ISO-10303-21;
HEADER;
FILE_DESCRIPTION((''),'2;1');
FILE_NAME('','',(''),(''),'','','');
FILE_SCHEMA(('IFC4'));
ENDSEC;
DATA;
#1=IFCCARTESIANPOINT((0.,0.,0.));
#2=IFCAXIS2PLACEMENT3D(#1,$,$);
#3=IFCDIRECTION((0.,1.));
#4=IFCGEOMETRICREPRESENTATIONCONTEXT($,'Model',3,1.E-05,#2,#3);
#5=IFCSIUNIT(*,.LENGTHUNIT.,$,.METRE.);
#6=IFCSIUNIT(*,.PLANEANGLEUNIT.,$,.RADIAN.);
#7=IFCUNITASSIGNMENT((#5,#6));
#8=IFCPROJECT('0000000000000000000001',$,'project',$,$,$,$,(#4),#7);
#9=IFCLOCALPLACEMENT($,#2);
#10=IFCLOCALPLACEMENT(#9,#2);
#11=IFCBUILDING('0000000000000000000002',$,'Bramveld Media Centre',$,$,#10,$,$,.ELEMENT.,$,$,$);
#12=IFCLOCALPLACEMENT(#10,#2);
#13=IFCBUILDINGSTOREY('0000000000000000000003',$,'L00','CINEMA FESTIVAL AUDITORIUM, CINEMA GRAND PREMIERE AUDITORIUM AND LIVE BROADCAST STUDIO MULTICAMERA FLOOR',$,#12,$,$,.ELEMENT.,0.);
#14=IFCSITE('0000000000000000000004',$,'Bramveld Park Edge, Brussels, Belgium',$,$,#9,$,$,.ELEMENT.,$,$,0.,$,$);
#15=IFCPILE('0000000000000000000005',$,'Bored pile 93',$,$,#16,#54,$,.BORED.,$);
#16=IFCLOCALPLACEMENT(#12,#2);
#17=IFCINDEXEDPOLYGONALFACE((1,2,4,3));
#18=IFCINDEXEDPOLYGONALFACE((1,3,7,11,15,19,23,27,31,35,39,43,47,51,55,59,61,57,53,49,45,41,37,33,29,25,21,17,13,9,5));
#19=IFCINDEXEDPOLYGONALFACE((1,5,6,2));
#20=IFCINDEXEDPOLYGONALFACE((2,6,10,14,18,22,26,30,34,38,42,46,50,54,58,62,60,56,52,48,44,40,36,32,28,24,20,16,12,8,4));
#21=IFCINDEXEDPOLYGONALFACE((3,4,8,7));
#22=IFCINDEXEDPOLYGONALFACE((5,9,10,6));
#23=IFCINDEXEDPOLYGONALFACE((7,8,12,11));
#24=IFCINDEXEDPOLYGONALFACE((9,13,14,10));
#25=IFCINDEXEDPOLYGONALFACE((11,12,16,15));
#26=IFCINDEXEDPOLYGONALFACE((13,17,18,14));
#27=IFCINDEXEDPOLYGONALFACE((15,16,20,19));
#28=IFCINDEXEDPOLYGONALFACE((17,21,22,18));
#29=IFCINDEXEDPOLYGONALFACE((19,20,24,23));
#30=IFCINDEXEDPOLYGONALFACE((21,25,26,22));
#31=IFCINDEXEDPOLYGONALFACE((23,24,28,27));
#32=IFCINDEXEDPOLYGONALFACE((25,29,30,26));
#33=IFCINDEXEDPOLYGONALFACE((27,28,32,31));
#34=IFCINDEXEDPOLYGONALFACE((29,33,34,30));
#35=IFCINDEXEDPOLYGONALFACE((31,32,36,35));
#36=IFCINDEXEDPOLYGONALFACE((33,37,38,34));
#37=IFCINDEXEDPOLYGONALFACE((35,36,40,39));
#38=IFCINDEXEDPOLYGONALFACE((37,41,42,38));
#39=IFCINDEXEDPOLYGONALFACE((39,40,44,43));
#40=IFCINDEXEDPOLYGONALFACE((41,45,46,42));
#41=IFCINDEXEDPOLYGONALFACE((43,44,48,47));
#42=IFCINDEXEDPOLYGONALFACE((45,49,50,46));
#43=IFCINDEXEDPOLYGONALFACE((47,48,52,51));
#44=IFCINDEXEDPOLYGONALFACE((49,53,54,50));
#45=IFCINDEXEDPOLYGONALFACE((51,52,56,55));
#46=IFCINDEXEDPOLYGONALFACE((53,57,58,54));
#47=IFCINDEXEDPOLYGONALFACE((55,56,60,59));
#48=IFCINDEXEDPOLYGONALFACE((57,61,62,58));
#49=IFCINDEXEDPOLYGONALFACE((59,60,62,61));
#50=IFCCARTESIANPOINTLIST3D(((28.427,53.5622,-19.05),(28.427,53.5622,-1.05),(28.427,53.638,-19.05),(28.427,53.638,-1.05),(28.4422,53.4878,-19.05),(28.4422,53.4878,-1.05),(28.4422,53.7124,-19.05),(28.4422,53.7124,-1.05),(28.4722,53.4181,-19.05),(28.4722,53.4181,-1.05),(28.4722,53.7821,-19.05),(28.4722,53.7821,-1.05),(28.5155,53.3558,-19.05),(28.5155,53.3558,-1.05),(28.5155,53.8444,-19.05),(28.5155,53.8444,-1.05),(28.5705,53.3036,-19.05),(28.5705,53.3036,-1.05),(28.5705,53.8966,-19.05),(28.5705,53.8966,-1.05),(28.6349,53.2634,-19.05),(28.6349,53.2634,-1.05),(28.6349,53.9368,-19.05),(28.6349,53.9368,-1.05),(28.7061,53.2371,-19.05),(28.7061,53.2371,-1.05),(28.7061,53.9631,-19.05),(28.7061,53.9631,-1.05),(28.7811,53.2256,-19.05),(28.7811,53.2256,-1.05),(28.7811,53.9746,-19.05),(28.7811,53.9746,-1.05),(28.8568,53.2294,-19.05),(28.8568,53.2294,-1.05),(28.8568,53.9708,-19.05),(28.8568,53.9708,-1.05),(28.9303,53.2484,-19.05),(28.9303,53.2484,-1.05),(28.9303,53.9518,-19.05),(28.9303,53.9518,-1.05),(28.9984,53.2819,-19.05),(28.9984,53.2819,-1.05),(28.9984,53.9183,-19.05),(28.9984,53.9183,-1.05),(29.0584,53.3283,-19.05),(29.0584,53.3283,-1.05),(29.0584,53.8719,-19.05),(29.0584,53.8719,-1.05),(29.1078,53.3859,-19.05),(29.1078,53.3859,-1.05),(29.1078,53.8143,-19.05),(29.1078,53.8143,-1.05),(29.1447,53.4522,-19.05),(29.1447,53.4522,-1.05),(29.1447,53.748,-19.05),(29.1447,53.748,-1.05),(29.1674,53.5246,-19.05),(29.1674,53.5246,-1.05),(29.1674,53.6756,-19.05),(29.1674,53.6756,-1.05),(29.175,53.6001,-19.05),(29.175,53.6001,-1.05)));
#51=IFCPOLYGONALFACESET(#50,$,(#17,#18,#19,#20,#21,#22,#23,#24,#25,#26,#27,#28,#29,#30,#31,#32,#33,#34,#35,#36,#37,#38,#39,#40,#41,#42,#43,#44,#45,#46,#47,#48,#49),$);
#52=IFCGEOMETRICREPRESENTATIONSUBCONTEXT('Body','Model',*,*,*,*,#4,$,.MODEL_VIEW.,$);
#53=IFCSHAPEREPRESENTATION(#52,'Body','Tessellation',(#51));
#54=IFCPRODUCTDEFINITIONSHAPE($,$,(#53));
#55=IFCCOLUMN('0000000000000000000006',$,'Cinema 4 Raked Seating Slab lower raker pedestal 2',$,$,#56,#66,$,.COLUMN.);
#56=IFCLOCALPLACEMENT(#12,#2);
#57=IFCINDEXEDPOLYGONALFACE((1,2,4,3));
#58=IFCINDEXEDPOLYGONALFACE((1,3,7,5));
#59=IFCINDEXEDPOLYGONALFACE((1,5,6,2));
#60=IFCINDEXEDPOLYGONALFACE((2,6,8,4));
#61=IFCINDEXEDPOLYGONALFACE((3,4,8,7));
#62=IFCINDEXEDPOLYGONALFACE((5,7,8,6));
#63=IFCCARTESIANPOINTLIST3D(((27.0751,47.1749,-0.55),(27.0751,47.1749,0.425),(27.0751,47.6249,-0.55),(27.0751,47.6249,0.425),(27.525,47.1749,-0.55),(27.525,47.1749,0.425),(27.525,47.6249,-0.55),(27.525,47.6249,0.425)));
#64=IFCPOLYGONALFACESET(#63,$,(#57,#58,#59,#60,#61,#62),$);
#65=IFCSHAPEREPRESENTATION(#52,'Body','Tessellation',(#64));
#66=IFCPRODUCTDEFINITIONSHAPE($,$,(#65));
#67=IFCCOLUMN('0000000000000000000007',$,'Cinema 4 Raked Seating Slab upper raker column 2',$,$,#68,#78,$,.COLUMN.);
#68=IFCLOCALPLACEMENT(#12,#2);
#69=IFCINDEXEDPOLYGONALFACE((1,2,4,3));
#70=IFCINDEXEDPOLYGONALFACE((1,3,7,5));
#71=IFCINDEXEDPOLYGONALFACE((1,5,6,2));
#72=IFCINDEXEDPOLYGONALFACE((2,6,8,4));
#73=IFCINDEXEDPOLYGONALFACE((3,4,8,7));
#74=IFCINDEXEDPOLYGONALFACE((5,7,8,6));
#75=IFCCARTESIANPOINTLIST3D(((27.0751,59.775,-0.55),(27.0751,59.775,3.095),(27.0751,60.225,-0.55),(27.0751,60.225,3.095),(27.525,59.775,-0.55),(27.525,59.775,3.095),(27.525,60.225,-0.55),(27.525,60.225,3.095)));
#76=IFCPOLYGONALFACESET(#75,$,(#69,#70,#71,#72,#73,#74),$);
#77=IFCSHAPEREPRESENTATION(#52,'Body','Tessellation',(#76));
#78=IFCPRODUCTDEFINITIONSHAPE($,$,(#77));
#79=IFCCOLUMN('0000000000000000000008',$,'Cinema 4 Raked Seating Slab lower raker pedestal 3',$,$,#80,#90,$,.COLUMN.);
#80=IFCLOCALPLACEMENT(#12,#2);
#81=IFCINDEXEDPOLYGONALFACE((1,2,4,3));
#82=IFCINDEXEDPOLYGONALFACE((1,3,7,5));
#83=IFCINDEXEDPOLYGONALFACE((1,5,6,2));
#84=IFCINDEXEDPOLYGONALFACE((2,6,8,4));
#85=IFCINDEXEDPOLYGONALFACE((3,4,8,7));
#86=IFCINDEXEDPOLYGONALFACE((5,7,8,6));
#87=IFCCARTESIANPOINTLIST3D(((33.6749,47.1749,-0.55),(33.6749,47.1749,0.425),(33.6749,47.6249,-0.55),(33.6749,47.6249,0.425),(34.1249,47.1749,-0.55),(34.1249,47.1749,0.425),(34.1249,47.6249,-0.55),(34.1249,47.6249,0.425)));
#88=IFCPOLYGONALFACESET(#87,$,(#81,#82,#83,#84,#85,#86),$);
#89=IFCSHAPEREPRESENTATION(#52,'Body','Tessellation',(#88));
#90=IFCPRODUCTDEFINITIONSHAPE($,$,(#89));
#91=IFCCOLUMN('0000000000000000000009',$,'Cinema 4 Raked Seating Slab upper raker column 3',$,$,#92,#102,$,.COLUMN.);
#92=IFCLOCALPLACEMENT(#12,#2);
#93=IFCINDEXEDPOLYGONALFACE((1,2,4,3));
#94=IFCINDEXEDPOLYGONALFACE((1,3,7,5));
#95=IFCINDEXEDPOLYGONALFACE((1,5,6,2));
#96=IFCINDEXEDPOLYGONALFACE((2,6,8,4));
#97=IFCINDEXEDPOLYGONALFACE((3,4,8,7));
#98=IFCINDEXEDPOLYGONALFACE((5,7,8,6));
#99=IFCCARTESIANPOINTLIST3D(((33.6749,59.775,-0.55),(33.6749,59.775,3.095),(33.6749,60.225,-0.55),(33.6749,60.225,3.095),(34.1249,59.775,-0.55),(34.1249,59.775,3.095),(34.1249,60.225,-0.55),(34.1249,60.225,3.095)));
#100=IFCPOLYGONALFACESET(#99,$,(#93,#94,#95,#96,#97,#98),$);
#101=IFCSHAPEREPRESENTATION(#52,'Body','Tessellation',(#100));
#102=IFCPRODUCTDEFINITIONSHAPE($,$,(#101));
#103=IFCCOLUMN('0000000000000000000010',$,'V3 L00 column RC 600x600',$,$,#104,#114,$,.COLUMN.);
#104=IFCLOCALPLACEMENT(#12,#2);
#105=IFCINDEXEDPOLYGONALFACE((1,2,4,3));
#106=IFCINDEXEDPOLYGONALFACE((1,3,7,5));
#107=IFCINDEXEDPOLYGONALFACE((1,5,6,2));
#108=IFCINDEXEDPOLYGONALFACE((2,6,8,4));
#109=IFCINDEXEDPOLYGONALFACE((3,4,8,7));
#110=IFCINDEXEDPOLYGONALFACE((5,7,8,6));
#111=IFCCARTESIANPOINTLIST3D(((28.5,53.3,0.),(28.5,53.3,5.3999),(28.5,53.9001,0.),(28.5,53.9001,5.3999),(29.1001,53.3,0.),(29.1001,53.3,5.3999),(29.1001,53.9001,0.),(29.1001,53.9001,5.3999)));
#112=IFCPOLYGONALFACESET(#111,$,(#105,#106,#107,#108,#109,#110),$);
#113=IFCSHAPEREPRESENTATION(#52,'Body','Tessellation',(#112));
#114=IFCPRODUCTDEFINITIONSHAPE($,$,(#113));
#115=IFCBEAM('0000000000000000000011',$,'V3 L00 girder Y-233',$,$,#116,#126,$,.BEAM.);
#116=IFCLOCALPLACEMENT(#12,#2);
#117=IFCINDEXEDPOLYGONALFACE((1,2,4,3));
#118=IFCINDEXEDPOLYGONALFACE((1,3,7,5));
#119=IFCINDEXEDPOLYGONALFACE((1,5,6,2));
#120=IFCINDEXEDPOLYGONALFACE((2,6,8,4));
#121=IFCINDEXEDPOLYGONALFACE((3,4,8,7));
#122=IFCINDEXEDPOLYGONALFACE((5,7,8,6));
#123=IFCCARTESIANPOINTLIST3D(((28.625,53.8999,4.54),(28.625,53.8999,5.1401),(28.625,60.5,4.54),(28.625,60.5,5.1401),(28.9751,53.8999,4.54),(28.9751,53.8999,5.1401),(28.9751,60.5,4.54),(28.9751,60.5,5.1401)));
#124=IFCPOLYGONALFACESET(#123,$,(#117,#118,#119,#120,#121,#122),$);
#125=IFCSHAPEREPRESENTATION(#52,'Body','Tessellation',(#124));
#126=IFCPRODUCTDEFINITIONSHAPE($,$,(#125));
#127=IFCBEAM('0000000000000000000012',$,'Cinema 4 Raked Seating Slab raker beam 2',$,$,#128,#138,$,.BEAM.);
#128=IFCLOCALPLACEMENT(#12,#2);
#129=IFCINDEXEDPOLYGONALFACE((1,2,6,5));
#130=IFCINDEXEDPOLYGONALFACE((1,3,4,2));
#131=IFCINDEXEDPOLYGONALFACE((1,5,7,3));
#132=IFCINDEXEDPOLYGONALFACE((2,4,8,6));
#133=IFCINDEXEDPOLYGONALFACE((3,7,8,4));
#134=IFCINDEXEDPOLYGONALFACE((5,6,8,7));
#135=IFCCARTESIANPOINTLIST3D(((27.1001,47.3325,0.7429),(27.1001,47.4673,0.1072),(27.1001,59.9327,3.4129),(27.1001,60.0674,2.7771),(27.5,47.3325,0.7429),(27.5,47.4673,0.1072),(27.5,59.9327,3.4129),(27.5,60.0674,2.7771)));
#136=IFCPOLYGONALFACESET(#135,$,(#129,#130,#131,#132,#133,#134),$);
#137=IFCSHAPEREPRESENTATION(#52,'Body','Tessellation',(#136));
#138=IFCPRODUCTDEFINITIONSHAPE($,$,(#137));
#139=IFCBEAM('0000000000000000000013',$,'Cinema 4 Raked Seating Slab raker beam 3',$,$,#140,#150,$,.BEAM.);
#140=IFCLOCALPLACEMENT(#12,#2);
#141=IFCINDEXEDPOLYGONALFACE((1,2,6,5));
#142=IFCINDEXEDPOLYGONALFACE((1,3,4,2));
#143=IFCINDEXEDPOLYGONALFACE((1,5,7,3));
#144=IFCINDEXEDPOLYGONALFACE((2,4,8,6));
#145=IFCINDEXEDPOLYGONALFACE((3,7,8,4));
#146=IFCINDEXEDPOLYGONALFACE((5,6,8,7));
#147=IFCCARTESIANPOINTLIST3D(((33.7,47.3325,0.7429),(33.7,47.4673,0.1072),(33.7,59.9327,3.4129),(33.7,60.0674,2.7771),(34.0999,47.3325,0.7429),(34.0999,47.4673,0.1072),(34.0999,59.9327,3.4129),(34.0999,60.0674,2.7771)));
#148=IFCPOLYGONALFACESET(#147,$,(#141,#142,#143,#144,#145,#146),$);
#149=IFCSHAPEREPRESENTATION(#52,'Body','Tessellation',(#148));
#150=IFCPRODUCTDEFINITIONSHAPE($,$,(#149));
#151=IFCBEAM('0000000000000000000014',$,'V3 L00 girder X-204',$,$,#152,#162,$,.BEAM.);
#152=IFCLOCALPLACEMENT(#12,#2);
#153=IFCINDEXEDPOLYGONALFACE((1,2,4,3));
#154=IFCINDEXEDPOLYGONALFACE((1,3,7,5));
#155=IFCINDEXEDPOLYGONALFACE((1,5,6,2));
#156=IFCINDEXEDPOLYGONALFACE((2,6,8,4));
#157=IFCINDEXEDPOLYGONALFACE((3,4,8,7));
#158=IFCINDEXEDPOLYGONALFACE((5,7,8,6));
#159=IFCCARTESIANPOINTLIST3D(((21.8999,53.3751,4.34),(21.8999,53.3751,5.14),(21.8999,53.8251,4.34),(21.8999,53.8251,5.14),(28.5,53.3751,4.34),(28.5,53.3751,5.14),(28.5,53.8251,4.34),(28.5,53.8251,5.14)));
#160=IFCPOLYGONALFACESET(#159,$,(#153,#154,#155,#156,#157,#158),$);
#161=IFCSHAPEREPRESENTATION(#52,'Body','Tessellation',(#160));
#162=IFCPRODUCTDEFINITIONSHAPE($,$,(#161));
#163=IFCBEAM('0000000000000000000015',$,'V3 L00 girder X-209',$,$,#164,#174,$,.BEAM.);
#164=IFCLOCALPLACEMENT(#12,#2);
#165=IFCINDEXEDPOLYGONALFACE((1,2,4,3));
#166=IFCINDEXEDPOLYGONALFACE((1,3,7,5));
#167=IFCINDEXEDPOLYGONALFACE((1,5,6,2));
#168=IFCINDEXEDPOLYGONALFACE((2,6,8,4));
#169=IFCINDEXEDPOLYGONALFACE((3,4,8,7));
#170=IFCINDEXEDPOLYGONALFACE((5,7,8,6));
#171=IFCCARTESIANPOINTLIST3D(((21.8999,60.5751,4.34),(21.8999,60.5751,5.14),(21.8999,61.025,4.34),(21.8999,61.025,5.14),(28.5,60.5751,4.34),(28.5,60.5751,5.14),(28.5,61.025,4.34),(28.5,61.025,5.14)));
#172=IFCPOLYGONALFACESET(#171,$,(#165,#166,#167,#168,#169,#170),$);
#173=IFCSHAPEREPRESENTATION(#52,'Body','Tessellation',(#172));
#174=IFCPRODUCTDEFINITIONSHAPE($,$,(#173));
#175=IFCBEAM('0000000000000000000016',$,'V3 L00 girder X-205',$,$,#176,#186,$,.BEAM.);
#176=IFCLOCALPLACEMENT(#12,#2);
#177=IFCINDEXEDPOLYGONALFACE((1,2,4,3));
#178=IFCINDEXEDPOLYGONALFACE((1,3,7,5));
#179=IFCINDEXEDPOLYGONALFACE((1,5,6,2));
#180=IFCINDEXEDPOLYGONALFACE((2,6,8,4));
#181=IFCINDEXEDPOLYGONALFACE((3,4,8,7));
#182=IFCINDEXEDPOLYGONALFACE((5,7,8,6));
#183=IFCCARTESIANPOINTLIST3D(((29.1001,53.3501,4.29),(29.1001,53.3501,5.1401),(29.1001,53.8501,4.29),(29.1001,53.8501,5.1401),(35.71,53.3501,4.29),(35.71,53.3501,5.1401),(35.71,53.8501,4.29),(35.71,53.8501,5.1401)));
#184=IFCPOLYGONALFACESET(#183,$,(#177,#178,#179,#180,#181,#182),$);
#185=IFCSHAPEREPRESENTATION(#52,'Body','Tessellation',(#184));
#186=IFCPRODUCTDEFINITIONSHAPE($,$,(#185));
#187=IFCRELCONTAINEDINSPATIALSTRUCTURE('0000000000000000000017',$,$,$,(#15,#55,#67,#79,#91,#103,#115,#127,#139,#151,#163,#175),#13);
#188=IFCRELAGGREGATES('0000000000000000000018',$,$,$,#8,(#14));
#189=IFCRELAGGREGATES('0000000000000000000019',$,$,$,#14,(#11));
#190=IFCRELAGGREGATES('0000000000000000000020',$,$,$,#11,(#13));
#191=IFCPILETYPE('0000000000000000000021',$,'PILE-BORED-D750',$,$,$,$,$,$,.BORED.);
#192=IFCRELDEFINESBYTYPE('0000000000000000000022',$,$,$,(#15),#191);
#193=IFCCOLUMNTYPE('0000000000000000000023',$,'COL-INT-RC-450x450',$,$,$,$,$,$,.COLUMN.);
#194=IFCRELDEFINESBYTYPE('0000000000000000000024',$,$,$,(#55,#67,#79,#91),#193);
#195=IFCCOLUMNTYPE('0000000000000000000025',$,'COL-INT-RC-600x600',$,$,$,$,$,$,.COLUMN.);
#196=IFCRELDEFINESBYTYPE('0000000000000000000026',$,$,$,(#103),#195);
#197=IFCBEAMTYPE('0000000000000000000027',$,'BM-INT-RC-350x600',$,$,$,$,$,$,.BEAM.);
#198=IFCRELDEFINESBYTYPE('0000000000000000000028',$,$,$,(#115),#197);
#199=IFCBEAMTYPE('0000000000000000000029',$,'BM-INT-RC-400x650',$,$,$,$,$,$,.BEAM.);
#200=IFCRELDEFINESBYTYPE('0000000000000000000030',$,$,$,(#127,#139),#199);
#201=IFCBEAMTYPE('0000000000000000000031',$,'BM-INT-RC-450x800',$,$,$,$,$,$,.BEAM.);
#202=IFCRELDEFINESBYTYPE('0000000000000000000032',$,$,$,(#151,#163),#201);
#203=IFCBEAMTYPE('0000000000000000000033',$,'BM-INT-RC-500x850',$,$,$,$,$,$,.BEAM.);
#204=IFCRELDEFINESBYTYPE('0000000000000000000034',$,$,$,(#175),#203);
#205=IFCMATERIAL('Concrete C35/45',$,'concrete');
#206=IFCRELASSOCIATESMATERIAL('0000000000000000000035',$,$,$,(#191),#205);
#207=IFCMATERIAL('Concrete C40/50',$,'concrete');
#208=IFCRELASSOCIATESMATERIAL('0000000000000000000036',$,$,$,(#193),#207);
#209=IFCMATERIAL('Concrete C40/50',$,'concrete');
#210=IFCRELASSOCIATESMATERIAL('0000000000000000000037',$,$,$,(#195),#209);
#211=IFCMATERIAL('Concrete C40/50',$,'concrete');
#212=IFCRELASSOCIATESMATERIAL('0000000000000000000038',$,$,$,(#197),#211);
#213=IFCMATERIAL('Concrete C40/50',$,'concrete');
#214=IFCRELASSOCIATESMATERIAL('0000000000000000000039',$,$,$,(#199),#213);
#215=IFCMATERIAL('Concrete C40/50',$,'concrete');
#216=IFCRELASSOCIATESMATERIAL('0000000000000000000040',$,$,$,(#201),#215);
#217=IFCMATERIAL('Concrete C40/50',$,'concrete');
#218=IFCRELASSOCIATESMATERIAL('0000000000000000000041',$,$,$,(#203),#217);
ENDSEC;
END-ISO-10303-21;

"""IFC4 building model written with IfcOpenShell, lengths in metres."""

from ifc_helpers import new_model, si_unit, direction, frame, origin, origin_2d, place, context, subcontext, project, spatial, rectangle, circle, extrude, material, material_profile, profile_set, type_object, element, save


model = new_model("IFC4")

# Units and contexts
model_context = context("Model", 3, precision=1e-05, world=origin(), true_north=direction((0.0, 1.0)))
body_context = subcontext(model_context, "Body", "Model", "MODEL_VIEW")
ifc_project = project(units=[si_unit("LENGTHUNIT", "METRE"), si_unit("PLANEANGLEUNIT", "RADIAN")], contexts=[model_context])

# Site, building, storey
site_placement = place(None, origin())
site = spatial("IfcSite", under=ifc_project, at=site_placement, Name="Bramveld Park Edge, Brussels, Belgium", CompositionType="ELEMENT", RefElevation=0.0)
building_placement = place(site_placement, origin())
building = spatial("IfcBuilding", under=site, at=building_placement, Name="Bramveld Media Centre", CompositionType="ELEMENT")
storey_placement = place(building_placement, origin())
storey = spatial("IfcBuildingStorey", under=building, at=storey_placement, Name="L00", Description="CINEMA FESTIVAL AUDITORIUM, CINEMA GRAND PREMIERE AUDITORIUM AND LIVE BROADCAST STUDIO MULTICAMERA FLOOR", CompositionType="ELEMENT", Elevation=0.0)

# Pile
ifc_material_1 = material(Name="Concrete C35/45", Category="concrete")
ifc_material_profile_1 = material_profile(ifc_material_1, circle(Radius=0.375, at=origin_2d()), Name="BORED D750")
ifc_profile_set_1 = profile_set([ifc_material_profile_1], Name="Concrete C35/45")
pile_type_1 = type_object("IfcPileType", Name="PILE-BORED-D750", PredefinedType="BORED", material=ifc_profile_set_1)
pile_placement = place(storey_placement, frame((28.8, 53.6001, -1.05), z_axis=(0.0, 0.0, -1.0), x_axis=(1.0, 0.0, 0.0)))
element("IfcPile", 1, at=pile_placement, inside=storey, type_object=pile_type_1, Name="Bored pile 93", PredefinedType="BORED", context=body_context, shape_type="SweptSolid", body=[
    extrude(circle(Radius=0.375, at=origin_2d()), origin(), (0.0, 0.0, 1.0), 18.0),
])

# Columns
ifc_material_2 = material(Name="Concrete C40/50", Category="concrete")
ifc_material_profile_2 = material_profile(ifc_material_2, rectangle(XDim=0.45, YDim=0.45, at=origin_2d()), Name="RC 450x450")
ifc_profile_set_2 = profile_set([ifc_material_profile_2], Name="Concrete C40/50")
column_type_1 = type_object("IfcColumnType", Name="COL-INT-RC-450x450", PredefinedType="COLUMN", material=ifc_profile_set_2)
column_1_placement = place(storey_placement, frame((27.3, 47.3999, -0.55), z_axis=(0.0, 0.0, 1.0), x_axis=(1.0, 0.0, 0.0)))
element("IfcColumn", 2, at=column_1_placement, inside=storey, type_object=column_type_1, Name="Cinema 4 Raked Seating Slab lower raker pedestal 2", PredefinedType="COLUMN", context=body_context, shape_type="SweptSolid", body=[
    extrude(rectangle(XDim=0.45, YDim=0.45, at=origin_2d()), origin(), (0.0, 0.0, 1.0), 0.9751),
])
column_2_placement = place(storey_placement, frame((27.3, 60.0, -0.55), z_axis=(0.0, 0.0, 1.0), x_axis=(1.0, 0.0, 0.0)))
element("IfcColumn", 3, at=column_2_placement, inside=storey, type_object=column_type_1, Name="Cinema 4 Raked Seating Slab upper raker column 2", PredefinedType="COLUMN", context=body_context, shape_type="SweptSolid", body=[
    extrude(rectangle(XDim=0.45, YDim=0.45, at=origin_2d()), origin(), (0.0, 0.0, 1.0), 3.645),
])
column_3_placement = place(storey_placement, frame((33.8999, 47.3999, -0.55), z_axis=(0.0, 0.0, 1.0), x_axis=(1.0, 0.0, 0.0)))
element("IfcColumn", 4, at=column_3_placement, inside=storey, type_object=column_type_1, Name="Cinema 4 Raked Seating Slab lower raker pedestal 3", PredefinedType="COLUMN", context=body_context, shape_type="SweptSolid", body=[
    extrude(rectangle(XDim=0.45, YDim=0.45, at=origin_2d()), origin(), (0.0, 0.0, 1.0), 0.9751),
])
column_4_placement = place(storey_placement, frame((33.8999, 60.0, -0.55), z_axis=(0.0, 0.0, 1.0), x_axis=(1.0, 0.0, 0.0)))
element("IfcColumn", 5, at=column_4_placement, inside=storey, type_object=column_type_1, Name="Cinema 4 Raked Seating Slab upper raker column 3", PredefinedType="COLUMN", context=body_context, shape_type="SweptSolid", body=[
    extrude(rectangle(XDim=0.45, YDim=0.45, at=origin_2d()), origin(), (0.0, 0.0, 1.0), 3.645),
])
ifc_material_3 = material(Name="Concrete C40/50", Category="concrete")
ifc_material_profile_3 = material_profile(ifc_material_3, rectangle(XDim=0.6001, YDim=0.6001, at=origin_2d()), Name="RC 600x600")
ifc_profile_set_3 = profile_set([ifc_material_profile_3], Name="Concrete C40/50")
column_type_2 = type_object("IfcColumnType", Name="COL-INT-RC-600x600", PredefinedType="COLUMN", material=ifc_profile_set_3)
column_5_placement = place(storey_placement, frame((28.8, 53.6001, 0.0), z_axis=(0.0, 0.0, 1.0), x_axis=(1.0, 0.0, 0.0)))
element("IfcColumn", 6, at=column_5_placement, inside=storey, type_object=column_type_2, Name="V3 L00 column RC 600x600", PredefinedType="COLUMN", context=body_context, shape_type="SweptSolid", body=[
    extrude(rectangle(XDim=0.6001, YDim=0.6001, at=origin_2d()), origin(), (0.0, 0.0, 1.0), 5.3999),
])

# Beams
ifc_material_4 = material(Name="Concrete C40/50", Category="concrete")
ifc_material_profile_4 = material_profile(ifc_material_4, rectangle(XDim=0.3501, YDim=0.6001, at=origin_2d()), Name="RC 350x600")
ifc_profile_set_4 = profile_set([ifc_material_profile_4], Name="Concrete C40/50")
beam_type_1 = type_object("IfcBeamType", Name="BM-INT-RC-350x600", PredefinedType="BEAM", material=ifc_profile_set_4)
beam_1_placement = place(storey_placement, frame((28.8, 53.8999, 4.8401), z_axis=(0.0, 1.0, 0.0), x_axis=(-1.0, 0.0, 0.0)))
element("IfcBeam", 7, at=beam_1_placement, inside=storey, type_object=beam_type_1, Name="V3 L00 girder Y-233", PredefinedType="BEAM", context=body_context, shape_type="SweptSolid", body=[
    extrude(rectangle(XDim=0.3501, YDim=0.6001, at=origin_2d()), origin(), (0.0, 0.0, 1.0), 6.6001),
])
ifc_material_5 = material(Name="Concrete C40/50", Category="concrete")
ifc_material_profile_5 = material_profile(ifc_material_5, rectangle(XDim=0.3999, YDim=0.6499, at=origin_2d()), Name="RC 400x650")
ifc_profile_set_5 = profile_set([ifc_material_profile_5], Name="Concrete C40/50")
beam_type_2 = type_object("IfcBeamType", Name="BM-INT-RC-400x650", PredefinedType="BEAM", material=ifc_profile_set_5)
for number, where, z_axis, x_axis, name in (
    (8, (27.3, 47.3999, 0.425), (0.0, 0.978279, 0.207294), (-1.0, 0.0, 0.0), "Cinema 4 Raked Seating Slab raker beam 2"),
    (9, (33.8999, 47.3999, 0.425), (0.0, 0.978279, 0.207294), (-1.0, 0.0, 0.0), "Cinema 4 Raked Seating Slab raker beam 3"),
):
    element("IfcBeam", number, at=place(storey_placement, frame(where, z_axis=z_axis, x_axis=x_axis)), inside=storey, type_object=beam_type_2, Name=name, PredefinedType="BEAM", context=body_context, shape_type="SweptSolid", body=[
        extrude(rectangle(XDim=0.3999, YDim=0.6499, at=origin_2d()), origin(), (0.0, 0.0, 1.0), 12.8799),
    ])
ifc_material_6 = material(Name="Concrete C40/50", Category="concrete")
ifc_material_profile_6 = material_profile(ifc_material_6, rectangle(XDim=0.45, YDim=0.8, at=origin_2d()), Name="RC 450x800")
ifc_profile_set_6 = profile_set([ifc_material_profile_6], Name="Concrete C40/50")
beam_type_3 = type_object("IfcBeamType", Name="BM-INT-RC-450x800", PredefinedType="BEAM", material=ifc_profile_set_6)
for number, where, z_axis, x_axis, name in (
    (10, (21.8999, 53.6001, 4.74), (1.0, 0.0, 0.0), (0.0, 1.0, 0.0), "V3 L00 girder X-204"),
    (11, (21.8999, 60.8, 4.74), (1.0, 0.0, 0.0), (0.0, 1.0, 0.0), "V3 L00 girder X-209"),
):
    element("IfcBeam", number, at=place(storey_placement, frame(where, z_axis=z_axis, x_axis=x_axis)), inside=storey, type_object=beam_type_3, Name=name, PredefinedType="BEAM", context=body_context, shape_type="SweptSolid", body=[
        extrude(rectangle(XDim=0.45, YDim=0.8, at=origin_2d()), origin(), (0.0, 0.0, 1.0), 6.6001),
    ])
ifc_material_7 = material(Name="Concrete C40/50", Category="concrete")
ifc_material_profile_7 = material_profile(ifc_material_7, rectangle(XDim=0.5, YDim=0.8501, at=origin_2d()), Name="RC 500x850")
ifc_profile_set_7 = profile_set([ifc_material_profile_7], Name="Concrete C40/50")
beam_type_4 = type_object("IfcBeamType", Name="BM-INT-RC-500x850", PredefinedType="BEAM", material=ifc_profile_set_7)
beam_2_placement = place(storey_placement, frame((29.1001, 53.6001, 4.7151), z_axis=(1.0, 0.0, 0.0), x_axis=(0.0, 1.0, 0.0)))
element("IfcBeam", 12, at=beam_2_placement, inside=storey, type_object=beam_type_4, Name="V3 L00 girder X-205", PredefinedType="BEAM", context=body_context, shape_type="SweptSolid", body=[
    extrude(rectangle(XDim=0.5, YDim=0.8501, at=origin_2d()), origin(), (0.0, 0.0, 1.0), 6.6099),
])

save(model, "model.ifc")
